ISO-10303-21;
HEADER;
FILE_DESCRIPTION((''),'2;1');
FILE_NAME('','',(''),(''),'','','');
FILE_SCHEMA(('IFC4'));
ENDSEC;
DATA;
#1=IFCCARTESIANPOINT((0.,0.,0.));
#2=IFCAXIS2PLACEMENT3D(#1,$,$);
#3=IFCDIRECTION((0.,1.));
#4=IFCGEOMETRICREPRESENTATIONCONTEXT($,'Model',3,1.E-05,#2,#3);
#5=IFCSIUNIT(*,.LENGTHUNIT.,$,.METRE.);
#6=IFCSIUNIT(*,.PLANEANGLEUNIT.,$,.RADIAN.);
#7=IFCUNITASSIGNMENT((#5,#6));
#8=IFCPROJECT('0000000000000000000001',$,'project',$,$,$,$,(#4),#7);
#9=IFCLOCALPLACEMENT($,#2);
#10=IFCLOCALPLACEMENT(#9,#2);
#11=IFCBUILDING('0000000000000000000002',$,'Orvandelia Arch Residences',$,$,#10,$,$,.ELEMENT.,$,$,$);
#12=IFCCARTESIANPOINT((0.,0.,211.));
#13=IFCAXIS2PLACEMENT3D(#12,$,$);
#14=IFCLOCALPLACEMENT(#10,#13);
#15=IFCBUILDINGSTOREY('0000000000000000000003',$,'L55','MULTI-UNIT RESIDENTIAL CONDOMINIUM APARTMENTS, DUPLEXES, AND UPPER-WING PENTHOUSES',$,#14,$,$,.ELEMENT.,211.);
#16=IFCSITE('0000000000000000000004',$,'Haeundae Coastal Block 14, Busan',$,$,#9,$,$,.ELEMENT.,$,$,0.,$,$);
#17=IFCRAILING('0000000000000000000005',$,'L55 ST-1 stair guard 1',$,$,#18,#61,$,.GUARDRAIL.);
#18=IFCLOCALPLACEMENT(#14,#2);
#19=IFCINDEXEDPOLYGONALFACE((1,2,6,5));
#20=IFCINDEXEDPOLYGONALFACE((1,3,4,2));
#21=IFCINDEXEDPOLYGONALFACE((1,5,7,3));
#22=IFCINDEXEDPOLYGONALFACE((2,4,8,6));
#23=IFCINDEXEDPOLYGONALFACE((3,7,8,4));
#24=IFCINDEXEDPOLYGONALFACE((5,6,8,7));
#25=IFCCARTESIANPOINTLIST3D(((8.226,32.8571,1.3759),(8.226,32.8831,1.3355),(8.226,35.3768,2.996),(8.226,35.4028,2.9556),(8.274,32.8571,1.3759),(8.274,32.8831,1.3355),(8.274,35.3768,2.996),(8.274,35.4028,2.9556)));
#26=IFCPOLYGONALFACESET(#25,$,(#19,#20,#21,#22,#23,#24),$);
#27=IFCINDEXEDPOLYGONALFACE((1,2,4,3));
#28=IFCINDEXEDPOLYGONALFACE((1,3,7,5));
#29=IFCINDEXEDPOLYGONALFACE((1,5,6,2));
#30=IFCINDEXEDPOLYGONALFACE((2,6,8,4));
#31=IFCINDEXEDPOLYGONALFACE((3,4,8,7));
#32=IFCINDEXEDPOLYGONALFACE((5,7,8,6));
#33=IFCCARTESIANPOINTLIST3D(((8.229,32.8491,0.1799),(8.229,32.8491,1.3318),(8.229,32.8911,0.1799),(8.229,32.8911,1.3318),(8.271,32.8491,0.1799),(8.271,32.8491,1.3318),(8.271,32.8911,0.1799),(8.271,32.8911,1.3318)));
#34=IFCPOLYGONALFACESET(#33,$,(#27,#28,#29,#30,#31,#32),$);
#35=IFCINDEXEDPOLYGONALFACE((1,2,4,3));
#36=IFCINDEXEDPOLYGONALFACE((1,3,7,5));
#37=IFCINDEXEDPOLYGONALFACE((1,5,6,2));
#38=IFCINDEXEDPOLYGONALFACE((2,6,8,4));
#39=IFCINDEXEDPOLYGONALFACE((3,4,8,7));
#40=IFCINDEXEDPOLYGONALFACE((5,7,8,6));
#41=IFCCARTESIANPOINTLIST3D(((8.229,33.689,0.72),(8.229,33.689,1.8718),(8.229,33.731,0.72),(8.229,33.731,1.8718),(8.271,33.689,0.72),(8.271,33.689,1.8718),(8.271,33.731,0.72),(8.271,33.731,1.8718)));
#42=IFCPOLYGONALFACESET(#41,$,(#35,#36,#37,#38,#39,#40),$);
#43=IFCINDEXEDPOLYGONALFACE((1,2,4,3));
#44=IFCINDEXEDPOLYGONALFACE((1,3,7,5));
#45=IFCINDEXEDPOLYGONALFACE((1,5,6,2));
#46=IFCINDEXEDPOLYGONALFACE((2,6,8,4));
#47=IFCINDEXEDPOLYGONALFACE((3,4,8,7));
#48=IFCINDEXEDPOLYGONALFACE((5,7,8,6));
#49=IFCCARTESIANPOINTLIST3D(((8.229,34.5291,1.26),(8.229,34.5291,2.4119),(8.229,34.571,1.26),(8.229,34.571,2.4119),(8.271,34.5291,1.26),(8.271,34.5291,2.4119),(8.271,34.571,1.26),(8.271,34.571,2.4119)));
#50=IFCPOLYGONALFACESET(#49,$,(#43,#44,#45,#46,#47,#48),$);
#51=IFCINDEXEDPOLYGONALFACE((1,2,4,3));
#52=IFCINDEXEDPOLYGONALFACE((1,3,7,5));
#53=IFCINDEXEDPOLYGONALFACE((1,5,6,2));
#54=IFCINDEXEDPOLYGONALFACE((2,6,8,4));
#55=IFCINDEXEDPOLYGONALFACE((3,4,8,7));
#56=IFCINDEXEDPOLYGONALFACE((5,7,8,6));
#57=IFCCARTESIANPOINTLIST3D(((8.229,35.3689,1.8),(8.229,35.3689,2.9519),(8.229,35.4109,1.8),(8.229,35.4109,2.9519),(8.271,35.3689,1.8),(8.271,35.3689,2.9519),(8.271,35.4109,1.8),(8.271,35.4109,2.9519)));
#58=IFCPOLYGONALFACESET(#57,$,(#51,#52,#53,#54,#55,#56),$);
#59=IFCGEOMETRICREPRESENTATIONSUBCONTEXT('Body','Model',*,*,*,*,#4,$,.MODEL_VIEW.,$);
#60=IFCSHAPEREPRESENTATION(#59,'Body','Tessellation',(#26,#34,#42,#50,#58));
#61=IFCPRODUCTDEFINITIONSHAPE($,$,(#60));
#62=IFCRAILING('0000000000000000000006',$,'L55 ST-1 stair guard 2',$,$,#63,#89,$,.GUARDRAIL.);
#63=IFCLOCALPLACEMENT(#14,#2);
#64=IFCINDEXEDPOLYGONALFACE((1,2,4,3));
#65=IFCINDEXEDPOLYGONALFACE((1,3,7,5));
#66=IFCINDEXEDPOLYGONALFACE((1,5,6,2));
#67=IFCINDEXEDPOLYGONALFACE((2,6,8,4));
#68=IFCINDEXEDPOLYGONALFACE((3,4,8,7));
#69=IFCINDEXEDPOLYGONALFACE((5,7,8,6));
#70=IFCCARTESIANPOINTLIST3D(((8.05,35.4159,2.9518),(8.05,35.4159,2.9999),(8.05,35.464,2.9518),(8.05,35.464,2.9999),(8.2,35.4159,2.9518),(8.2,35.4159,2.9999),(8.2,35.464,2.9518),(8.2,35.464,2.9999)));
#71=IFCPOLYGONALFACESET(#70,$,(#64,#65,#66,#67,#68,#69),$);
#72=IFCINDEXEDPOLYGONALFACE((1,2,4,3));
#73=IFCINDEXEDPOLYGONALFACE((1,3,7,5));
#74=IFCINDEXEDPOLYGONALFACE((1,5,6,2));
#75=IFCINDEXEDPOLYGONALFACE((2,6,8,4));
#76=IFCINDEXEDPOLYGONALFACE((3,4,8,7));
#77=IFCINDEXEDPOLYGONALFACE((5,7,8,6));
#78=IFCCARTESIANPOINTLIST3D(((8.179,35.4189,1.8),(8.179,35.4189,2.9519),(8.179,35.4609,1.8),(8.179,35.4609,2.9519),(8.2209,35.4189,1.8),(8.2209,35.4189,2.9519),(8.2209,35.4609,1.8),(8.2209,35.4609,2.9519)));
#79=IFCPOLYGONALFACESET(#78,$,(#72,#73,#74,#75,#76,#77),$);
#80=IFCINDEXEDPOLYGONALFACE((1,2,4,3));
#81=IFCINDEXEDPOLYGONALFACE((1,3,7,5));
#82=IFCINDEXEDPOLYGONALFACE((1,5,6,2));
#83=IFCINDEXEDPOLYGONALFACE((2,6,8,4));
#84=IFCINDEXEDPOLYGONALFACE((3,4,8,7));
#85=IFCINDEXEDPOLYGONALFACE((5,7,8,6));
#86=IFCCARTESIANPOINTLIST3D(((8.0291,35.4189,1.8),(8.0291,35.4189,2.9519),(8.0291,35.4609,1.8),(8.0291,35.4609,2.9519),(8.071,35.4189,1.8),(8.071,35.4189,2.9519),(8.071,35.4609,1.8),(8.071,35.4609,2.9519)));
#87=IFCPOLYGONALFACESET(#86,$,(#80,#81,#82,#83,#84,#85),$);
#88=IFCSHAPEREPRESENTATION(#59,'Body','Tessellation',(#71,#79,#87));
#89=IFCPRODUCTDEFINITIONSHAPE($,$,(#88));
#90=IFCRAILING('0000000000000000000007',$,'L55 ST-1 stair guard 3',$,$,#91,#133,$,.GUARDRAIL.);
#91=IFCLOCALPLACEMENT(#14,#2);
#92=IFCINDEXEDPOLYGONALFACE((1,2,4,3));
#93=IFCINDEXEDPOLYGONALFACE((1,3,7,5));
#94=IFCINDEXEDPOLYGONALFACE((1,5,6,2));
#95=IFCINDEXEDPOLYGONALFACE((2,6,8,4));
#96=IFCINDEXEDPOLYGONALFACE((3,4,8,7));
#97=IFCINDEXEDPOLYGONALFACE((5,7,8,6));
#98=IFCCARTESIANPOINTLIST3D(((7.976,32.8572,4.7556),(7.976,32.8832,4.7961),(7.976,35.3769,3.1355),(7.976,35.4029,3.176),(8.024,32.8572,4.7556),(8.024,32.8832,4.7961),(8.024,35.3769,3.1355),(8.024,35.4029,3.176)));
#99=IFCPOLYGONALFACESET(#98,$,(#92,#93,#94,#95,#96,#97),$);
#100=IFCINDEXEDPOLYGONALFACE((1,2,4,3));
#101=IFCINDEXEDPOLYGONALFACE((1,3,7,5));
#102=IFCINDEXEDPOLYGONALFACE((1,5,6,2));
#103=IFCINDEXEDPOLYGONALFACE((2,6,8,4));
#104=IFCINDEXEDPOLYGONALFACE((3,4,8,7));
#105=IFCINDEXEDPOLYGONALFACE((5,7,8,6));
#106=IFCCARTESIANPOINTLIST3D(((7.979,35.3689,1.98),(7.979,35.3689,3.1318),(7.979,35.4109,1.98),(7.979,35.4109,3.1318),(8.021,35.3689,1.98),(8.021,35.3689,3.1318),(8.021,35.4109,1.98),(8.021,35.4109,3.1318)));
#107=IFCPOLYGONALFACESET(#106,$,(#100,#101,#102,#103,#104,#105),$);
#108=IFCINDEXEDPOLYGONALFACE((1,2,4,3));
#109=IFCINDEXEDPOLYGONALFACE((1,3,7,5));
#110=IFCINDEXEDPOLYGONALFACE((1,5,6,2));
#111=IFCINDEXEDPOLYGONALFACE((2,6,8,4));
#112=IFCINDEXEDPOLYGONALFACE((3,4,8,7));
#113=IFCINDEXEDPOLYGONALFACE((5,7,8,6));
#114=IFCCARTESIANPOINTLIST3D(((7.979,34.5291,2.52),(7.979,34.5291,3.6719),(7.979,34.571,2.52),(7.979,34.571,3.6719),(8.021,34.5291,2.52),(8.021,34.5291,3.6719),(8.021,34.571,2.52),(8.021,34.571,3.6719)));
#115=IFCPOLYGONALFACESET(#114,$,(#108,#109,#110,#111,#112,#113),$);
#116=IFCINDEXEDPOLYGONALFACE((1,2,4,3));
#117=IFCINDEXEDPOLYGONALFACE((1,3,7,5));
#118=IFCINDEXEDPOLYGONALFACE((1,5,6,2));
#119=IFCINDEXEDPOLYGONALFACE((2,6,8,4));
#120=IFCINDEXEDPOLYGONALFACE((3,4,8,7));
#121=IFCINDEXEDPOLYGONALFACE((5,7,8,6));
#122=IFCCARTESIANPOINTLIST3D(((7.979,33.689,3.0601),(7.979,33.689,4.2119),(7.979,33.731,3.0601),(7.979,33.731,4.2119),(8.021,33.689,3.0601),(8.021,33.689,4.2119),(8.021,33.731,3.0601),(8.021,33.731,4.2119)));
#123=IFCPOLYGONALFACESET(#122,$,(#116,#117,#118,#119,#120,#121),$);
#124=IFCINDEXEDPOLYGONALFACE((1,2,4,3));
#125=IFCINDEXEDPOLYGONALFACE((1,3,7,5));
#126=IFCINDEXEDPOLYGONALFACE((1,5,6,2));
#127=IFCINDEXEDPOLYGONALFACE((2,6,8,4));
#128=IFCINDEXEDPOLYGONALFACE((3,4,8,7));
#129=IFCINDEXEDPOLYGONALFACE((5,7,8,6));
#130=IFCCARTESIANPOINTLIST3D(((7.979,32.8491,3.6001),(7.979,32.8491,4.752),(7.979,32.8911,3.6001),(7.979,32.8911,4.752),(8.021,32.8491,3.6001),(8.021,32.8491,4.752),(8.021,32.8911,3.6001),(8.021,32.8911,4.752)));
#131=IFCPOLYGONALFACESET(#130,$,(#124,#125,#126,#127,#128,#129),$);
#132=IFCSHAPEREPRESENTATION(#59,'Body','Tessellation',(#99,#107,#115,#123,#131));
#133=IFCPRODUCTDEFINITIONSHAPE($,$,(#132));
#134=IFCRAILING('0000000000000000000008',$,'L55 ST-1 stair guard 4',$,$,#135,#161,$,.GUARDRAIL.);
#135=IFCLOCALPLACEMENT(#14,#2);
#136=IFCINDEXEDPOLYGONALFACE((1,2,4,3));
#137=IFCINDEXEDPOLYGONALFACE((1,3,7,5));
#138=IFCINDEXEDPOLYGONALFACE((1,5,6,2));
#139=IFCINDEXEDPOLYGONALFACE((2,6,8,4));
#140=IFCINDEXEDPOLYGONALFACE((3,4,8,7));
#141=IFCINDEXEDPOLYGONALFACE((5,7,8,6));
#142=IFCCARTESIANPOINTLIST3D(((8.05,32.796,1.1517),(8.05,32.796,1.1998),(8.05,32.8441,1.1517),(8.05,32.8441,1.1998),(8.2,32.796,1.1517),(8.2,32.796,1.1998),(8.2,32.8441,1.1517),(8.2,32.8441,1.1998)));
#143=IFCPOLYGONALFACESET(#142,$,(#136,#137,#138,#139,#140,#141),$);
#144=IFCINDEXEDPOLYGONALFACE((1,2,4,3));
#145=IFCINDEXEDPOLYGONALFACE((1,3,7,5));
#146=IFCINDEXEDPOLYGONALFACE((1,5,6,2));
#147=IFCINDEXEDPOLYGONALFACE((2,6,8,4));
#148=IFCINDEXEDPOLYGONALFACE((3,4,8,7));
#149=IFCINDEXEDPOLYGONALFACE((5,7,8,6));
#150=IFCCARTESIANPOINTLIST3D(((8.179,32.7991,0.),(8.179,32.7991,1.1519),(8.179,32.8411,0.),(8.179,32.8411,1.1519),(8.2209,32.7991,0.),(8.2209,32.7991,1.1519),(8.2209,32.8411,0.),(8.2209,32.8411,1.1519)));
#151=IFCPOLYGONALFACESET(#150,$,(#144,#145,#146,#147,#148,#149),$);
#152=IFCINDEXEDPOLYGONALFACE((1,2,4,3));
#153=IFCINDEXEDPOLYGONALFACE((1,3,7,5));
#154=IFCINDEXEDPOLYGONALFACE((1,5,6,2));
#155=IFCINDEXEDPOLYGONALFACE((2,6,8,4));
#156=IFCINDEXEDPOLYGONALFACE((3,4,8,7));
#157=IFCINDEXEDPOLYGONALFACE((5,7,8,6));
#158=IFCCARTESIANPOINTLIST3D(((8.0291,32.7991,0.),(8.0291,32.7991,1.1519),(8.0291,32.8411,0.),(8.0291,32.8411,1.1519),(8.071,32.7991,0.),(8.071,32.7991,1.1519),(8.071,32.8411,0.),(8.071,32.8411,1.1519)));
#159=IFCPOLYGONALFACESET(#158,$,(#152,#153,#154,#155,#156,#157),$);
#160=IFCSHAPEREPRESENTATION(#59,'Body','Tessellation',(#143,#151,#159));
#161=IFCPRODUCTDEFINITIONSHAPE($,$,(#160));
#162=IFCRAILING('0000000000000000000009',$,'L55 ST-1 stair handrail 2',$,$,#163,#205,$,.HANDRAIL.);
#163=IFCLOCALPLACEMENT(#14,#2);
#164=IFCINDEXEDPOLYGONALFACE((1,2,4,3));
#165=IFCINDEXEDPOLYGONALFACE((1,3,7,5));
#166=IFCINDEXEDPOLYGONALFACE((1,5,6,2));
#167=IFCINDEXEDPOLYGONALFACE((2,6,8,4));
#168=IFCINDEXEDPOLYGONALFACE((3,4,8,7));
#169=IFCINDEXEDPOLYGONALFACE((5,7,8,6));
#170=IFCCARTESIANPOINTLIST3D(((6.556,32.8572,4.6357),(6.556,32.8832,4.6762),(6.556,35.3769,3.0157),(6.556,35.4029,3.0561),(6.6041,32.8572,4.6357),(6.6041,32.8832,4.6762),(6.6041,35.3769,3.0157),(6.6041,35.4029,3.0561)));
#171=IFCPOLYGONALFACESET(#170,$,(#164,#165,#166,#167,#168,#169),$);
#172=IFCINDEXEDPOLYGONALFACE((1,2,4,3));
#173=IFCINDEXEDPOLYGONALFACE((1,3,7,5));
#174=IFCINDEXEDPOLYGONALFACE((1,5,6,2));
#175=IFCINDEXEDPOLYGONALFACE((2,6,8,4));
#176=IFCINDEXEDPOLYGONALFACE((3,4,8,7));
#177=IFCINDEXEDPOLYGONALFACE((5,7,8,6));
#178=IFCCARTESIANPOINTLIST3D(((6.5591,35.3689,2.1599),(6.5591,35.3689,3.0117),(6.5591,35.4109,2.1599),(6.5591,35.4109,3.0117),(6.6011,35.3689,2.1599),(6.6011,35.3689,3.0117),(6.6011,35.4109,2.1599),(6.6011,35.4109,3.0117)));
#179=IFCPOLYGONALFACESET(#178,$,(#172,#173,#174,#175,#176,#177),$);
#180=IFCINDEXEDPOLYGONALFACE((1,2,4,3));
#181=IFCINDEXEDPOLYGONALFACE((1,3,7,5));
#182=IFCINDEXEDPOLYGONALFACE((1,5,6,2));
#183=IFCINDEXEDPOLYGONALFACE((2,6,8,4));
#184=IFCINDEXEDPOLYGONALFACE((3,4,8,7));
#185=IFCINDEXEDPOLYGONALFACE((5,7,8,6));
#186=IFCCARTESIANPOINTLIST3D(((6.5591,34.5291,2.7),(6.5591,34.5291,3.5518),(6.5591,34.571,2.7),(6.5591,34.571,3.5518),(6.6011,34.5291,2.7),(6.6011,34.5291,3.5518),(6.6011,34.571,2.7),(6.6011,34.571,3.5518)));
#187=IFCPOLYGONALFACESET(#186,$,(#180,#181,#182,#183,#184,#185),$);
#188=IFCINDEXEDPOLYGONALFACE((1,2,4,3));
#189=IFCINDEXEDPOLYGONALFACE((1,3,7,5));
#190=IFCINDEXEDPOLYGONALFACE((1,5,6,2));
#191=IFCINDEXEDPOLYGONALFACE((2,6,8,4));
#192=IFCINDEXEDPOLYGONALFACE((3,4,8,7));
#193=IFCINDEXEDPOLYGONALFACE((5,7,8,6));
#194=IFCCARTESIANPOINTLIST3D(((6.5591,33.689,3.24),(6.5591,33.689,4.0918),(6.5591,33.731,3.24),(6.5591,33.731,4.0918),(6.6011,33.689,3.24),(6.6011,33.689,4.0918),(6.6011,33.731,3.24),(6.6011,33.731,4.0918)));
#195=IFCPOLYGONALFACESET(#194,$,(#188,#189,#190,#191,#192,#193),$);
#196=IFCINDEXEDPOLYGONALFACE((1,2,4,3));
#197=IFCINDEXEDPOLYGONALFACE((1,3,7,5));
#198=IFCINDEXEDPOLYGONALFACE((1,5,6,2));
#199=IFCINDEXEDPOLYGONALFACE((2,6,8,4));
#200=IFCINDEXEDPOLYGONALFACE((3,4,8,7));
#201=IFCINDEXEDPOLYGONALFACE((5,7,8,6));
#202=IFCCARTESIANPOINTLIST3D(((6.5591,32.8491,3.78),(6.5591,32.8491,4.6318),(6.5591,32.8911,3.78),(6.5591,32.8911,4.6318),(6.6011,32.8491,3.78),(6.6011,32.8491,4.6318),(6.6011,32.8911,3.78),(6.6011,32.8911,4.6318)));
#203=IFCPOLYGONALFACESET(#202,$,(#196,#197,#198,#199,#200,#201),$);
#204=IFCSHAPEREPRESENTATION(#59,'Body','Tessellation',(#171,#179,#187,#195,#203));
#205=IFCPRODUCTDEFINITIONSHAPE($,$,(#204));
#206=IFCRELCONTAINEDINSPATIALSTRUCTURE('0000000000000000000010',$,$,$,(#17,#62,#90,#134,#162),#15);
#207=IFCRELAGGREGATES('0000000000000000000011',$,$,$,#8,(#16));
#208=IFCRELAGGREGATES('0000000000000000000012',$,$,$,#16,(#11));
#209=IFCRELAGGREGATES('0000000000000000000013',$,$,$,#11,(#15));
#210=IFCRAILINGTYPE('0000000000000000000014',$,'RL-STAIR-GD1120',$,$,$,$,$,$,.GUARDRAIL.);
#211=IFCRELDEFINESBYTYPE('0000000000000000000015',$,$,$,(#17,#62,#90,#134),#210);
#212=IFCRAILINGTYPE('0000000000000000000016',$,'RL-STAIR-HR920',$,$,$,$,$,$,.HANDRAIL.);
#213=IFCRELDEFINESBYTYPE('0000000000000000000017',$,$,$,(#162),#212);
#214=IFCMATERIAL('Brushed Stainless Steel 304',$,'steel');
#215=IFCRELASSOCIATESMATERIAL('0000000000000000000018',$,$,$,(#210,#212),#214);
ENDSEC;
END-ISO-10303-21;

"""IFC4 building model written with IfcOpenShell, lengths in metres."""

from ifc_helpers import new_model, si_unit, direction, frame, origin, origin_2d, place, context, subcontext, project, spatial, rectangle, extrude, material, type_object, element, save


model = new_model("IFC4")

# Units and contexts
model_context = context("Model", 3, precision=1e-05, world=origin(), true_north=direction((0.0, 1.0)))
body_context = subcontext(model_context, "Body", "Model", "MODEL_VIEW")
ifc_project = project(units=[si_unit("LENGTHUNIT", "METRE"), si_unit("PLANEANGLEUNIT", "RADIAN")], contexts=[model_context])

# Site, building, storey
site_placement = place(None, origin())
site = spatial("IfcSite", under=ifc_project, at=site_placement, Name="Haeundae Coastal Block 14, Busan", CompositionType="ELEMENT", RefElevation=0.0)
building_placement = place(site_placement, origin())
building = spatial("IfcBuilding", under=site, at=building_placement, Name="Orvandelia Arch Residences", CompositionType="ELEMENT")
storey_placement = place(building_placement, frame((0.0, 0.0, 211.0)))
storey = spatial("IfcBuildingStorey", under=building, at=storey_placement, Name="L55", Description="MULTI-UNIT RESIDENTIAL CONDOMINIUM APARTMENTS, DUPLEXES, AND UPPER-WING PENTHOUSES", CompositionType="ELEMENT", Elevation=211.0)

# Railings
ifc_material_1 = material(Name="Brushed Stainless Steel 304", Category="steel")
railing_type_1 = type_object("IfcRailingType", Name="RL-STAIR-GD1120", PredefinedType="GUARDRAIL", material=ifc_material_1)
railing_1_placement = place(storey_placement, frame((8.25, 32.8701, 0.1799)))
element("IfcRailing", 1, at=railing_1_placement, inside=storey, type_object=railing_type_1, Name="L55 ST-1 stair guard 1", PredefinedType="GUARDRAIL", context=body_context, shape_type="SweptSolid", body=[
    extrude(rectangle(XDim=0.0481, YDim=0.0481, at=origin_2d()), frame((0.0, 0.0, 1.1758), z_axis=(0.0, 0.841139, 0.540819), x_axis=(-1.0, 0.0, 0.0)), (0.0, 0.0, 1.0), 2.9956),
    extrude(rectangle(XDim=0.042, YDim=0.042, at=origin_2d()), origin(), (0.0, 0.0, 1.0), 1.1519),
    extrude(rectangle(XDim=0.042, YDim=0.042, at=origin_2d()), frame((0.0, 0.8398, 0.54)), (0.0, 0.0, 1.0), 1.1519),
    extrude(rectangle(XDim=0.042, YDim=0.042, at=origin_2d()), frame((0.0, 1.6799, 1.0801)), (0.0, 0.0, 1.0), 1.1519),
    extrude(rectangle(XDim=0.042, YDim=0.042, at=origin_2d()), frame((0.0, 2.5198, 1.6201)), (0.0, 0.0, 1.0), 1.1519),
])
railing_2_placement = place(storey_placement, frame((8.2, 35.4399, 1.8)))
element("IfcRailing", 2, at=railing_2_placement, inside=storey, type_object=railing_type_1, Name="L55 ST-1 stair guard 2", PredefinedType="GUARDRAIL", context=body_context, shape_type="SweptSolid", body=[
    extrude(rectangle(XDim=0.0481, YDim=0.0481, at=origin_2d()), frame((0.0, 0.0, 1.1758), z_axis=(-1.0, 0.0, 0.0), x_axis=(0.0, -1.0, 0.0)), (0.0, 0.0, 1.0), 0.1499),
    extrude(rectangle(XDim=0.042, YDim=0.042, at=origin_2d()), origin(), (0.0, 0.0, 1.0), 1.1519),
    extrude(rectangle(XDim=0.042, YDim=0.042, at=origin_2d()), frame((-0.1499, 0.0, 0.0)), (0.0, 0.0, 1.0), 1.1519),
])
railing_3_placement = place(storey_placement, frame((8.0, 35.3899, 1.98)))
element("IfcRailing", 3, at=railing_3_placement, inside=storey, type_object=railing_type_1, Name="L55 ST-1 stair guard 3", PredefinedType="GUARDRAIL", context=body_context, shape_type="SweptSolid", body=[
    extrude(rectangle(XDim=0.0481, YDim=0.0481, at=origin_2d()), frame((0.0, 0.0, 1.1758), z_axis=(0.0, -0.841139, 0.540819), x_axis=(1.0, 0.0, 0.0)), (0.0, 0.0, 1.0), 2.9956),
    extrude(rectangle(XDim=0.042, YDim=0.042, at=origin_2d()), origin(), (0.0, 0.0, 1.0), 1.1519),
    extrude(rectangle(XDim=0.042, YDim=0.042, at=origin_2d()), frame((0.0, -0.8398, 0.54)), (0.0, 0.0, 1.0), 1.1519),
    extrude(rectangle(XDim=0.042, YDim=0.042, at=origin_2d()), frame((0.0, -1.6799, 1.0801)), (0.0, 0.0, 1.0), 1.1519),
    extrude(rectangle(XDim=0.042, YDim=0.042, at=origin_2d()), frame((0.0, -2.5198, 1.6201)), (0.0, 0.0, 1.0), 1.1519),
])
railing_4_placement = place(storey_placement, frame((8.2, 32.8201, 0.0)))
element("IfcRailing", 4, at=railing_4_placement, inside=storey, type_object=railing_type_1, Name="L55 ST-1 stair guard 4", PredefinedType="GUARDRAIL", context=body_context, shape_type="SweptSolid", body=[
    extrude(rectangle(XDim=0.0481, YDim=0.0481, at=origin_2d()), frame((0.0, 0.0, 1.1758), z_axis=(-1.0, 0.0, 0.0), x_axis=(0.0, -1.0, 0.0)), (0.0, 0.0, 1.0), 0.1499),
    extrude(rectangle(XDim=0.042, YDim=0.042, at=origin_2d()), origin(), (0.0, 0.0, 1.0), 1.1519),
    extrude(rectangle(XDim=0.042, YDim=0.042, at=origin_2d()), frame((-0.1499, 0.0, 0.0)), (0.0, 0.0, 1.0), 1.1519),
])
railing_type_2 = type_object("IfcRailingType", Name="RL-STAIR-HR920", PredefinedType="HANDRAIL", material=ifc_material_1)
railing_5_placement = place(storey_placement, frame((6.5801, 35.3899, 2.1599)))
element("IfcRailing", 5, at=railing_5_placement, inside=storey, type_object=railing_type_2, Name="L55 ST-1 stair handrail 2", PredefinedType="HANDRAIL", context=body_context, shape_type="SweptSolid", body=[
    extrude(rectangle(XDim=0.0481, YDim=0.0481, at=origin_2d()), frame((0.0, 0.0, 0.876), z_axis=(0.0, -0.841139, 0.540819), x_axis=(1.0, 0.0, 0.0)), (0.0, 0.0, 1.0), 2.9956),
    extrude(rectangle(XDim=0.042, YDim=0.042, at=origin_2d()), origin(), (0.0, 0.0, 1.0), 0.8518),
    extrude(rectangle(XDim=0.042, YDim=0.042, at=origin_2d()), frame((0.0, -0.8398, 0.54)), (0.0, 0.0, 1.0), 0.8518),
    extrude(rectangle(XDim=0.042, YDim=0.042, at=origin_2d()), frame((0.0, -1.6799, 1.0801)), (0.0, 0.0, 1.0), 0.8518),
    extrude(rectangle(XDim=0.042, YDim=0.042, at=origin_2d()), frame((0.0, -2.5198, 1.6201)), (0.0, 0.0, 1.0), 0.8518),
])

save(model, "model.ifc")
